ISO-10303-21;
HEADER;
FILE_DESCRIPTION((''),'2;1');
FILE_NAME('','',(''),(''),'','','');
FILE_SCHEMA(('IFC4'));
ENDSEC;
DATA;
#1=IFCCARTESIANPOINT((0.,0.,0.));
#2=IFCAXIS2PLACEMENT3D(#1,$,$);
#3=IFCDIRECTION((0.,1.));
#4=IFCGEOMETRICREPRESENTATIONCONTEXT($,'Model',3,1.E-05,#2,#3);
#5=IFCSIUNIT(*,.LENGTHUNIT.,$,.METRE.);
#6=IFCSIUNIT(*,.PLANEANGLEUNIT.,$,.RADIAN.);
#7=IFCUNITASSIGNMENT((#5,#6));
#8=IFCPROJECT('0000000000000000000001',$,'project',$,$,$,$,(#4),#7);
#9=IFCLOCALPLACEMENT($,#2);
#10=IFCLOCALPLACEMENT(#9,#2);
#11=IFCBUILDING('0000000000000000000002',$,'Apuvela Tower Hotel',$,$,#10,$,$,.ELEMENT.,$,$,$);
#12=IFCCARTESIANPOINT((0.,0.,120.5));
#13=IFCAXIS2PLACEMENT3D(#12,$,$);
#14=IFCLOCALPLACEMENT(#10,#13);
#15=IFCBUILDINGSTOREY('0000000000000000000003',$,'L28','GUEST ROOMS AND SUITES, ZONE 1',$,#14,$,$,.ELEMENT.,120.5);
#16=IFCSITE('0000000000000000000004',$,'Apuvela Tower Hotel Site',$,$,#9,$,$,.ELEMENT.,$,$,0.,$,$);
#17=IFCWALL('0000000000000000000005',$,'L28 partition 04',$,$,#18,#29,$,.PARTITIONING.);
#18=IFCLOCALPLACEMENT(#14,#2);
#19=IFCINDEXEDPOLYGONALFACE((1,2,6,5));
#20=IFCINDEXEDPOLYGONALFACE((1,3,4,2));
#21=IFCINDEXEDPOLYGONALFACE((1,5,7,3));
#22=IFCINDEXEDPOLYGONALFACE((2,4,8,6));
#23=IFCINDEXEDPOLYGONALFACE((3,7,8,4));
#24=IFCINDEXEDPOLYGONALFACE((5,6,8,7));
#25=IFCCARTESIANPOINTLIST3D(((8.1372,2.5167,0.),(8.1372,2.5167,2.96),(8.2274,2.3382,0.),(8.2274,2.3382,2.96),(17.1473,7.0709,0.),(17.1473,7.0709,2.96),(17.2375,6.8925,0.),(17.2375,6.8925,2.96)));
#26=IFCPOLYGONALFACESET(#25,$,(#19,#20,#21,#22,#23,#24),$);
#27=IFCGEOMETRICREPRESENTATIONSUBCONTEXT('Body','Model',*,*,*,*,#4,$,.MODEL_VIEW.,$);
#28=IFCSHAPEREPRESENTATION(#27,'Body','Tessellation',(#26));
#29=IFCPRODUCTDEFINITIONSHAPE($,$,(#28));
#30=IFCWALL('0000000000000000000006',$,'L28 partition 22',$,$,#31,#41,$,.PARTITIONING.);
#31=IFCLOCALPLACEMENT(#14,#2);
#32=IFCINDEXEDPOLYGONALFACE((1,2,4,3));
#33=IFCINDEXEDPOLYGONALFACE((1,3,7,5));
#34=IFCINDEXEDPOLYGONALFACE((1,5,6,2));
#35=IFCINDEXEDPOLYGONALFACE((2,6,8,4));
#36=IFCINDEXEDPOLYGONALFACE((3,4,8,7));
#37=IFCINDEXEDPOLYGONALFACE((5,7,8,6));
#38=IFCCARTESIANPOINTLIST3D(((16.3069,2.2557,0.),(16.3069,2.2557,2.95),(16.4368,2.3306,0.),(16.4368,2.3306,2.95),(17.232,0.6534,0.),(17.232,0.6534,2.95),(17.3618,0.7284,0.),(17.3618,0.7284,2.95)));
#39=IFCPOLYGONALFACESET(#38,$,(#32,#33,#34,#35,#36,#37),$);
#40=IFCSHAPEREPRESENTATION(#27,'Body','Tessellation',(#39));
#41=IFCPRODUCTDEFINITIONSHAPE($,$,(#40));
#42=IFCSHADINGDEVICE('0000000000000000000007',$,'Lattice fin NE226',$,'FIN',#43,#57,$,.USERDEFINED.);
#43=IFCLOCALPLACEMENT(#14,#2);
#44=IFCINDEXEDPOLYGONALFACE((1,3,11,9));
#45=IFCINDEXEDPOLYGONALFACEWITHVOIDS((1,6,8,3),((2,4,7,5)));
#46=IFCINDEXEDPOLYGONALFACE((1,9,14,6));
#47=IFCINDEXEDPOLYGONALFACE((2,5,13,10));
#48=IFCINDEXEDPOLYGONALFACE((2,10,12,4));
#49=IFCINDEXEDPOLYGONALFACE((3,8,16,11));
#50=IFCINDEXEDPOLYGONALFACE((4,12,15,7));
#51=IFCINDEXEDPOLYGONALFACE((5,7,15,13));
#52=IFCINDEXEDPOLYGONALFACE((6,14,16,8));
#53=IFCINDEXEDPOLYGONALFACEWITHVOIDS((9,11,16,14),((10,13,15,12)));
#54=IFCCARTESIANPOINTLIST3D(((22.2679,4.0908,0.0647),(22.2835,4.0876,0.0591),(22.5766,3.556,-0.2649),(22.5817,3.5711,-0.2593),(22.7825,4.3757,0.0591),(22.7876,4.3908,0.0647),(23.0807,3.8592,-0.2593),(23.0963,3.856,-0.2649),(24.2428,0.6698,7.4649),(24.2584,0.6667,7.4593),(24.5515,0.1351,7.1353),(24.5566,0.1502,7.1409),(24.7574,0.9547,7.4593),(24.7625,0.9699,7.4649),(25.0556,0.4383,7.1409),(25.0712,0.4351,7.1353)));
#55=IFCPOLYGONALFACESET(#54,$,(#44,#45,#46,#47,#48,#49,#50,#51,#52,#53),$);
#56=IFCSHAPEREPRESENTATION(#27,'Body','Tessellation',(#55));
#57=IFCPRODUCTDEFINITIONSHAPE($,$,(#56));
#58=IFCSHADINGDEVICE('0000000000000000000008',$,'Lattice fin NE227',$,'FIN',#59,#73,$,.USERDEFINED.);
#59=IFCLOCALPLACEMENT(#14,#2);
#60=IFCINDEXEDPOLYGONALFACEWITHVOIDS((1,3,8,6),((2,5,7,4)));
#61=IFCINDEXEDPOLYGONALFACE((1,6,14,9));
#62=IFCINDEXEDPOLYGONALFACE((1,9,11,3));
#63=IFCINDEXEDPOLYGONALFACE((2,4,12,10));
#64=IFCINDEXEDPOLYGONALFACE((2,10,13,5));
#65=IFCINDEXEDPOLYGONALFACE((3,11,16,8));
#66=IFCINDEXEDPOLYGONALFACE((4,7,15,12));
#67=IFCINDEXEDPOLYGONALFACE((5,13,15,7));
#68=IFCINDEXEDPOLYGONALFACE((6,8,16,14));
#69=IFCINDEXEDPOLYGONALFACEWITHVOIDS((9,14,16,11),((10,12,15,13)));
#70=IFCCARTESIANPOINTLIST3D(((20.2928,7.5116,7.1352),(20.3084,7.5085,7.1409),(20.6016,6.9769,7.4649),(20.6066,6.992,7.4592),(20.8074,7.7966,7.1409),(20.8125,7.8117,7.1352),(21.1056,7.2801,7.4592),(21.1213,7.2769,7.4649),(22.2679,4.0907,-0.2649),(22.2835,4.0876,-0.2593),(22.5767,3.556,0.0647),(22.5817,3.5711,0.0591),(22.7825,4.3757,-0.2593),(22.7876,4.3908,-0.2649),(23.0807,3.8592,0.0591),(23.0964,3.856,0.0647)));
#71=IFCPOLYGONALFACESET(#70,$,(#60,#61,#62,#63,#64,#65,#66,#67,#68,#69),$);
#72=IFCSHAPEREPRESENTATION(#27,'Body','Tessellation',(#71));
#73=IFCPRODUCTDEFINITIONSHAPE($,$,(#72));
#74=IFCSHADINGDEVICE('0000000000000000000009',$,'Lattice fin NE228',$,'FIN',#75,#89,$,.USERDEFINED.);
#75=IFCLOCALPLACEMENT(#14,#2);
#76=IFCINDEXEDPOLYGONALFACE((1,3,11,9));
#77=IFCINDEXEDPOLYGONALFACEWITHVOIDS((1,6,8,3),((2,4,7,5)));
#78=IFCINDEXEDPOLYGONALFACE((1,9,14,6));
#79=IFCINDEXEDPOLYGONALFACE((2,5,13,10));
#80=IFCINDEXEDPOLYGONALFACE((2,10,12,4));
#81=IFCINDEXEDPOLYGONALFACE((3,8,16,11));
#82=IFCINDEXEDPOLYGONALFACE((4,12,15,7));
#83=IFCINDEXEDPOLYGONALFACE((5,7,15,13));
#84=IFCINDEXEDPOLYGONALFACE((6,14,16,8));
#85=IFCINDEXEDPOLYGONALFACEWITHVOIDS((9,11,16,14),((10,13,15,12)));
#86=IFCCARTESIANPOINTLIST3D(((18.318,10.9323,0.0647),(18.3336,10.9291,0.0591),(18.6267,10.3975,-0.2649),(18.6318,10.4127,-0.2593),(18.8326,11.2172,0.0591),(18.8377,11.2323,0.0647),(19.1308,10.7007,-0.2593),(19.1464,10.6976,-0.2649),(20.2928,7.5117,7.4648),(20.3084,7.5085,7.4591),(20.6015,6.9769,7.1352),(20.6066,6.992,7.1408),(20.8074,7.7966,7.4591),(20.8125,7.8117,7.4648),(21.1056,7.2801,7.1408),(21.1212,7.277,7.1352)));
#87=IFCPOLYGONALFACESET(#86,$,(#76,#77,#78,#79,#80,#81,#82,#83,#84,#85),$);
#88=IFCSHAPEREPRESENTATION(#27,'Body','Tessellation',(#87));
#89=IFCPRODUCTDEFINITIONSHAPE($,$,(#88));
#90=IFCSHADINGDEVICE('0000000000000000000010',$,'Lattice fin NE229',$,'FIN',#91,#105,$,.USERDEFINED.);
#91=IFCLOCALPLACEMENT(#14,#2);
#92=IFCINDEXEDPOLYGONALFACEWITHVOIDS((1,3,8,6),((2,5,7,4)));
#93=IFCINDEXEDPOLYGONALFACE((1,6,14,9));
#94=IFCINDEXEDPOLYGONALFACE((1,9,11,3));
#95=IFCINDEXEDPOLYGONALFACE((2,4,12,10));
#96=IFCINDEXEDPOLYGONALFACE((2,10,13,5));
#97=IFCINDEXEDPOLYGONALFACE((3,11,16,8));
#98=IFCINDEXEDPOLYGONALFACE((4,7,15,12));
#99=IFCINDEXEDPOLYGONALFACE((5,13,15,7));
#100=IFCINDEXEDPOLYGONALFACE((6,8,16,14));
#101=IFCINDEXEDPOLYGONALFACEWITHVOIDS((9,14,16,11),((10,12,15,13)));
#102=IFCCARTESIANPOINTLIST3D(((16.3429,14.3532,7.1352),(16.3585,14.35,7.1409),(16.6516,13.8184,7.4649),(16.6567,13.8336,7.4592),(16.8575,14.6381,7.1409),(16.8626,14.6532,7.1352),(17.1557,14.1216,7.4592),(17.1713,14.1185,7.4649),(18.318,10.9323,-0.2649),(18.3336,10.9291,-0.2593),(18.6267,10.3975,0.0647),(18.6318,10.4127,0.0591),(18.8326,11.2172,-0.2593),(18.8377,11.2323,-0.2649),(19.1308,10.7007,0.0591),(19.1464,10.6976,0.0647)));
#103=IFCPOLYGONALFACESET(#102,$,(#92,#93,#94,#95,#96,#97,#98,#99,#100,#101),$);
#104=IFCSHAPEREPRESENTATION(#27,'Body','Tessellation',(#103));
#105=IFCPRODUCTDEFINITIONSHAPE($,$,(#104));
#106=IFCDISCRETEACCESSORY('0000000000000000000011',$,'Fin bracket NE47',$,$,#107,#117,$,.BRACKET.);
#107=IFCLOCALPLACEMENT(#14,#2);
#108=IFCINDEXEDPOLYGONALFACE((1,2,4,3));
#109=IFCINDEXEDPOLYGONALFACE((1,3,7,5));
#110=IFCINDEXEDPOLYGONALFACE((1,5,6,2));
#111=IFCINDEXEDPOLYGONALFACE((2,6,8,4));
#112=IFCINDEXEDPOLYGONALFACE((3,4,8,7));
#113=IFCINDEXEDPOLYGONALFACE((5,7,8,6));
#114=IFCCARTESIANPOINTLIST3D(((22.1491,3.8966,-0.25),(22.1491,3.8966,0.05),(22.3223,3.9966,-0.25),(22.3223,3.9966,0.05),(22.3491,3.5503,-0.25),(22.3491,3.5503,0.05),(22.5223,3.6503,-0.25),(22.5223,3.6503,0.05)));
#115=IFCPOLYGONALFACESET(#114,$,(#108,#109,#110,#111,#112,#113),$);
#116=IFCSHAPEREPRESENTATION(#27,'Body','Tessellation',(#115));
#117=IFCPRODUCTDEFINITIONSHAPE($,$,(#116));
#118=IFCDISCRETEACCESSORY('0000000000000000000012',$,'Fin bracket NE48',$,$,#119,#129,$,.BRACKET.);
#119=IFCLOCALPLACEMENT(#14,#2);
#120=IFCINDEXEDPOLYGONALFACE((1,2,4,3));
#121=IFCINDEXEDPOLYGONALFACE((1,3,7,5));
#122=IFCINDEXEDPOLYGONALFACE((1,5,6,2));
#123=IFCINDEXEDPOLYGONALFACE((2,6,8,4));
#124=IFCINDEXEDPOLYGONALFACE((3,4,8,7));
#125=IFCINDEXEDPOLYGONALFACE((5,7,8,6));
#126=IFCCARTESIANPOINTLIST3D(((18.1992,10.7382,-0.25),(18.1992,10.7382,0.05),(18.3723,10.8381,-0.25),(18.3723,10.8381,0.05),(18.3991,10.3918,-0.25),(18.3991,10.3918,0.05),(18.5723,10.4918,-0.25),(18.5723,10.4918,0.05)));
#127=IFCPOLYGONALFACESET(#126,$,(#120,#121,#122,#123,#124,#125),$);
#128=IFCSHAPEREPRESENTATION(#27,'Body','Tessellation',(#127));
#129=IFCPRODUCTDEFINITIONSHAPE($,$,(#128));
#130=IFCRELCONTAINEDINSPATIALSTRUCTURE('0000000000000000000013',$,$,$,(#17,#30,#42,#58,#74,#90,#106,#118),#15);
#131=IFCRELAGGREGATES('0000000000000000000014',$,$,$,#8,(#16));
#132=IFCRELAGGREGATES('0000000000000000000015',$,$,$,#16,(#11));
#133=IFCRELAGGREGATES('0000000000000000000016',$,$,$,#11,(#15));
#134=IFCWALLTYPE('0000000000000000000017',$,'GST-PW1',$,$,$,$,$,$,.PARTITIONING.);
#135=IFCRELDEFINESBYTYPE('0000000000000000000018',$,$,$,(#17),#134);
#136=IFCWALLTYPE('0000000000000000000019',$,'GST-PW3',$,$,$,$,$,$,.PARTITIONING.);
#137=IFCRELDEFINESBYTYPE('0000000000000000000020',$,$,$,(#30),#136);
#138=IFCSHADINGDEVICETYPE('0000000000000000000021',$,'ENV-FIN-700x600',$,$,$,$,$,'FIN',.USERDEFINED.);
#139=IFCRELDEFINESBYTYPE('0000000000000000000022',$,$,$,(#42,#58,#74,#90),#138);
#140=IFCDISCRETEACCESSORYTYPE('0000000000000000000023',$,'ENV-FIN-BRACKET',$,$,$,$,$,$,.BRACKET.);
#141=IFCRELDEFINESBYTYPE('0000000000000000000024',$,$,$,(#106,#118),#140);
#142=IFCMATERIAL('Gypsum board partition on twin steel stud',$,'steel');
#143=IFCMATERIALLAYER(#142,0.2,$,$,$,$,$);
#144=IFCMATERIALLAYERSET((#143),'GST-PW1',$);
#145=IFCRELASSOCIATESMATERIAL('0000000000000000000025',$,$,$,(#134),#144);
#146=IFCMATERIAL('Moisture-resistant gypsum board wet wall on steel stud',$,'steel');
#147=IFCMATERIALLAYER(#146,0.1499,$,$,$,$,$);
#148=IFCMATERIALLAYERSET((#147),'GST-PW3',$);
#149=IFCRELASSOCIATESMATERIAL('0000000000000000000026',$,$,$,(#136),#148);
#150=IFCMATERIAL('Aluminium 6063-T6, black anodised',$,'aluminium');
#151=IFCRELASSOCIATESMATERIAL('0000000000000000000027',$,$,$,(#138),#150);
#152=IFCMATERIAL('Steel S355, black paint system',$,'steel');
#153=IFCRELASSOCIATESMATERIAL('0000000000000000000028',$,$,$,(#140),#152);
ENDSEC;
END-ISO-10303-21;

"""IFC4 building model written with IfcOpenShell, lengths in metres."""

from ifc_helpers import new_model, si_unit, direction, frame, frame_2d, origin, origin_2d, place, context, subcontext, project, spatial, rectangle, hollow_rectangle, extrude, material, layer, layer_set, material_profile, profile_set, type_object, element, save


model = new_model("IFC4")

# Units and contexts
model_context = context("Model", 3, precision=1e-05, world=origin(), true_north=direction((0.0, 1.0)))
body_context = subcontext(model_context, "Body", "Model", "MODEL_VIEW")
ifc_project = project(units=[si_unit("LENGTHUNIT", "METRE"), si_unit("PLANEANGLEUNIT", "RADIAN")], contexts=[model_context])

# Site, building, storey
site_placement = place(None, origin())
site = spatial("IfcSite", under=ifc_project, at=site_placement, Name="Apuvela Tower Hotel Site", CompositionType="ELEMENT", RefElevation=0.0)
building_placement = place(site_placement, origin())
building = spatial("IfcBuilding", under=site, at=building_placement, Name="Apuvela Tower Hotel", CompositionType="ELEMENT")
storey_placement = place(building_placement, frame((0.0, 0.0, 120.5)))
storey = spatial("IfcBuildingStorey", under=building, at=storey_placement, Name="L28", Description="GUEST ROOMS AND SUITES, ZONE 1", CompositionType="ELEMENT", Elevation=120.5)

# Walls
ifc_material_1 = material(Name="Gypsum board partition on twin steel stud", Category="steel")
ifc_layer_1 = layer(ifc_material_1, 0.2)
ifc_layer_set_1 = layer_set([ifc_layer_1], Name="GST-PW1")
wall_type_1 = type_object("IfcWallType", Name="GST-PW1", PredefinedType="PARTITIONING", material=ifc_layer_set_1)
wall_1_placement = place(storey_placement, frame((17.1924, 6.9817, 0.0), z_axis=(0.0, 0.0, 1.0), x_axis=(-0.89247, -0.451108, 0.0)))
element("IfcWall", 1, at=wall_1_placement, inside=storey, type_object=wall_type_1, Name="L28 partition 04", PredefinedType="PARTITIONING", context=body_context, shape_type="SweptSolid", body=[
    extrude(rectangle(XDim=10.0957, YDim=0.2, at=frame_2d((5.0479, 0.0))), origin(), (0.0, 0.0, 1.0), 2.96),
])
ifc_material_2 = material(Name="Moisture-resistant gypsum board wet wall on steel stud", Category="steel")
ifc_layer_2 = layer(ifc_material_2, 0.1499)
ifc_layer_set_2 = layer_set([ifc_layer_2], Name="GST-PW3")
wall_type_2 = type_object("IfcWallType", Name="GST-PW3", PredefinedType="PARTITIONING", material=ifc_layer_set_2)
wall_2_placement = place(storey_placement, frame((17.2969, 0.6909, 0.0), z_axis=(0.0, 0.0, 1.0), x_axis=(-0.499985, 0.866034, 0.0)))
element("IfcWall", 2, at=wall_2_placement, inside=storey, type_object=wall_type_2, Name="L28 partition 22", PredefinedType="PARTITIONING", context=body_context, shape_type="SweptSolid", body=[
    extrude(rectangle(XDim=1.8501, YDim=0.1499, at=frame_2d((0.925, 0.0))), origin(), (0.0, 0.0, 1.0), 2.95),
])

# Shading devices
ifc_material_3 = material(Name="Aluminium 6063-T6, black anodised", Category="aluminium")
ifc_material_profile_1 = material_profile(ifc_material_3, hollow_rectangle(XDim=0.6001, YDim=0.7, WallThickness=0.012, at=origin_2d()), Name="AL BOX 700x600x12")
ifc_profile_set_1 = profile_set([ifc_material_profile_1], Name="Aluminium 6063-T6, black anodised")
shading_device_type = type_object("IfcShadingDeviceType", Name="ENV-FIN-700x600", ElementType="FIN", PredefinedType="USERDEFINED", material=ifc_profile_set_1)
for number, where, z_axis, x_axis, name in (
    (3, (22.6821, 3.9734, -0.1001), (0.235428, -0.407814, 0.882191), (0.866048, 0.499961, 0.0), "Lattice fin NE226"),
    (4, (22.6821, 3.9734, -0.1001), (-0.235455, 0.407812, 0.882185), (-0.866021, -0.500008, 0.0), "Lattice fin NE227"),
):
    element("IfcShadingDevice", number, at=place(storey_placement, frame(where, z_axis=z_axis, x_axis=x_axis)), inside=storey, type_object=shading_device_type, Name=name, ObjectType="FIN", PredefinedType="USERDEFINED", context=body_context, shape_type="SweptSolid", body=[
        extrude(hollow_rectangle(XDim=0.6001, YDim=0.7, WallThickness=0.012, at=origin_2d()), origin(), (0.0, 0.0, 1.0), 8.3884),
    ])
shading_device_1_placement = place(storey_placement, frame((18.7322, 10.8149, -0.1001), z_axis=(0.23543, -0.40779, 0.882202), x_axis=(0.866032, 0.499988, 0.0)))
element("IfcShadingDevice", 5, at=shading_device_1_placement, inside=storey, type_object=shading_device_type, Name="Lattice fin NE228", ObjectType="FIN", PredefinedType="USERDEFINED", context=body_context, shape_type="SweptSolid", body=[
    extrude(hollow_rectangle(XDim=0.6001, YDim=0.7, WallThickness=0.012, at=origin_2d()), origin(), (0.0, 0.0, 1.0), 8.3882),
])
shading_device_2_placement = place(storey_placement, frame((18.7322, 10.8149, -0.1001), z_axis=(-0.235455, 0.407812, 0.882185), x_axis=(-0.866021, -0.500008, 0.0)))
element("IfcShadingDevice", 6, at=shading_device_2_placement, inside=storey, type_object=shading_device_type, Name="Lattice fin NE229", ObjectType="FIN", PredefinedType="USERDEFINED", context=body_context, shape_type="SweptSolid", body=[
    extrude(hollow_rectangle(XDim=0.6001, YDim=0.7, WallThickness=0.012, at=origin_2d()), origin(), (0.0, 0.0, 1.0), 8.3884),
])

# Discrete accessories
ifc_material_4 = material(Name="Steel S355, black paint system", Category="steel")
discrete_accessory_type = type_object("IfcDiscreteAccessoryType", Name="ENV-FIN-BRACKET", PredefinedType="BRACKET", material=ifc_material_4)
for number, where, z_axis, x_axis, name in (
    (7, (22.3357, 3.7734, -0.25), (0.0, 0.0, 1.0), (-0.5, 0.866025, 0.0), "Fin bracket NE47"),
    (8, (18.3857, 10.615, -0.25), (0.0, 0.0, 1.0), (-0.5, 0.866025, 0.0), "Fin bracket NE48"),
):
    element("IfcDiscreteAccessory", number, at=place(storey_placement, frame(where, z_axis=z_axis, x_axis=x_axis)), inside=storey, type_object=discrete_accessory_type, Name=name, PredefinedType="BRACKET", context=body_context, shape_type="SweptSolid", body=[
        extrude(rectangle(XDim=0.3999, YDim=0.2, at=origin_2d()), origin(), (0.0, 0.0, 1.0), 0.3),
    ])

save(model, "model.ifc")
